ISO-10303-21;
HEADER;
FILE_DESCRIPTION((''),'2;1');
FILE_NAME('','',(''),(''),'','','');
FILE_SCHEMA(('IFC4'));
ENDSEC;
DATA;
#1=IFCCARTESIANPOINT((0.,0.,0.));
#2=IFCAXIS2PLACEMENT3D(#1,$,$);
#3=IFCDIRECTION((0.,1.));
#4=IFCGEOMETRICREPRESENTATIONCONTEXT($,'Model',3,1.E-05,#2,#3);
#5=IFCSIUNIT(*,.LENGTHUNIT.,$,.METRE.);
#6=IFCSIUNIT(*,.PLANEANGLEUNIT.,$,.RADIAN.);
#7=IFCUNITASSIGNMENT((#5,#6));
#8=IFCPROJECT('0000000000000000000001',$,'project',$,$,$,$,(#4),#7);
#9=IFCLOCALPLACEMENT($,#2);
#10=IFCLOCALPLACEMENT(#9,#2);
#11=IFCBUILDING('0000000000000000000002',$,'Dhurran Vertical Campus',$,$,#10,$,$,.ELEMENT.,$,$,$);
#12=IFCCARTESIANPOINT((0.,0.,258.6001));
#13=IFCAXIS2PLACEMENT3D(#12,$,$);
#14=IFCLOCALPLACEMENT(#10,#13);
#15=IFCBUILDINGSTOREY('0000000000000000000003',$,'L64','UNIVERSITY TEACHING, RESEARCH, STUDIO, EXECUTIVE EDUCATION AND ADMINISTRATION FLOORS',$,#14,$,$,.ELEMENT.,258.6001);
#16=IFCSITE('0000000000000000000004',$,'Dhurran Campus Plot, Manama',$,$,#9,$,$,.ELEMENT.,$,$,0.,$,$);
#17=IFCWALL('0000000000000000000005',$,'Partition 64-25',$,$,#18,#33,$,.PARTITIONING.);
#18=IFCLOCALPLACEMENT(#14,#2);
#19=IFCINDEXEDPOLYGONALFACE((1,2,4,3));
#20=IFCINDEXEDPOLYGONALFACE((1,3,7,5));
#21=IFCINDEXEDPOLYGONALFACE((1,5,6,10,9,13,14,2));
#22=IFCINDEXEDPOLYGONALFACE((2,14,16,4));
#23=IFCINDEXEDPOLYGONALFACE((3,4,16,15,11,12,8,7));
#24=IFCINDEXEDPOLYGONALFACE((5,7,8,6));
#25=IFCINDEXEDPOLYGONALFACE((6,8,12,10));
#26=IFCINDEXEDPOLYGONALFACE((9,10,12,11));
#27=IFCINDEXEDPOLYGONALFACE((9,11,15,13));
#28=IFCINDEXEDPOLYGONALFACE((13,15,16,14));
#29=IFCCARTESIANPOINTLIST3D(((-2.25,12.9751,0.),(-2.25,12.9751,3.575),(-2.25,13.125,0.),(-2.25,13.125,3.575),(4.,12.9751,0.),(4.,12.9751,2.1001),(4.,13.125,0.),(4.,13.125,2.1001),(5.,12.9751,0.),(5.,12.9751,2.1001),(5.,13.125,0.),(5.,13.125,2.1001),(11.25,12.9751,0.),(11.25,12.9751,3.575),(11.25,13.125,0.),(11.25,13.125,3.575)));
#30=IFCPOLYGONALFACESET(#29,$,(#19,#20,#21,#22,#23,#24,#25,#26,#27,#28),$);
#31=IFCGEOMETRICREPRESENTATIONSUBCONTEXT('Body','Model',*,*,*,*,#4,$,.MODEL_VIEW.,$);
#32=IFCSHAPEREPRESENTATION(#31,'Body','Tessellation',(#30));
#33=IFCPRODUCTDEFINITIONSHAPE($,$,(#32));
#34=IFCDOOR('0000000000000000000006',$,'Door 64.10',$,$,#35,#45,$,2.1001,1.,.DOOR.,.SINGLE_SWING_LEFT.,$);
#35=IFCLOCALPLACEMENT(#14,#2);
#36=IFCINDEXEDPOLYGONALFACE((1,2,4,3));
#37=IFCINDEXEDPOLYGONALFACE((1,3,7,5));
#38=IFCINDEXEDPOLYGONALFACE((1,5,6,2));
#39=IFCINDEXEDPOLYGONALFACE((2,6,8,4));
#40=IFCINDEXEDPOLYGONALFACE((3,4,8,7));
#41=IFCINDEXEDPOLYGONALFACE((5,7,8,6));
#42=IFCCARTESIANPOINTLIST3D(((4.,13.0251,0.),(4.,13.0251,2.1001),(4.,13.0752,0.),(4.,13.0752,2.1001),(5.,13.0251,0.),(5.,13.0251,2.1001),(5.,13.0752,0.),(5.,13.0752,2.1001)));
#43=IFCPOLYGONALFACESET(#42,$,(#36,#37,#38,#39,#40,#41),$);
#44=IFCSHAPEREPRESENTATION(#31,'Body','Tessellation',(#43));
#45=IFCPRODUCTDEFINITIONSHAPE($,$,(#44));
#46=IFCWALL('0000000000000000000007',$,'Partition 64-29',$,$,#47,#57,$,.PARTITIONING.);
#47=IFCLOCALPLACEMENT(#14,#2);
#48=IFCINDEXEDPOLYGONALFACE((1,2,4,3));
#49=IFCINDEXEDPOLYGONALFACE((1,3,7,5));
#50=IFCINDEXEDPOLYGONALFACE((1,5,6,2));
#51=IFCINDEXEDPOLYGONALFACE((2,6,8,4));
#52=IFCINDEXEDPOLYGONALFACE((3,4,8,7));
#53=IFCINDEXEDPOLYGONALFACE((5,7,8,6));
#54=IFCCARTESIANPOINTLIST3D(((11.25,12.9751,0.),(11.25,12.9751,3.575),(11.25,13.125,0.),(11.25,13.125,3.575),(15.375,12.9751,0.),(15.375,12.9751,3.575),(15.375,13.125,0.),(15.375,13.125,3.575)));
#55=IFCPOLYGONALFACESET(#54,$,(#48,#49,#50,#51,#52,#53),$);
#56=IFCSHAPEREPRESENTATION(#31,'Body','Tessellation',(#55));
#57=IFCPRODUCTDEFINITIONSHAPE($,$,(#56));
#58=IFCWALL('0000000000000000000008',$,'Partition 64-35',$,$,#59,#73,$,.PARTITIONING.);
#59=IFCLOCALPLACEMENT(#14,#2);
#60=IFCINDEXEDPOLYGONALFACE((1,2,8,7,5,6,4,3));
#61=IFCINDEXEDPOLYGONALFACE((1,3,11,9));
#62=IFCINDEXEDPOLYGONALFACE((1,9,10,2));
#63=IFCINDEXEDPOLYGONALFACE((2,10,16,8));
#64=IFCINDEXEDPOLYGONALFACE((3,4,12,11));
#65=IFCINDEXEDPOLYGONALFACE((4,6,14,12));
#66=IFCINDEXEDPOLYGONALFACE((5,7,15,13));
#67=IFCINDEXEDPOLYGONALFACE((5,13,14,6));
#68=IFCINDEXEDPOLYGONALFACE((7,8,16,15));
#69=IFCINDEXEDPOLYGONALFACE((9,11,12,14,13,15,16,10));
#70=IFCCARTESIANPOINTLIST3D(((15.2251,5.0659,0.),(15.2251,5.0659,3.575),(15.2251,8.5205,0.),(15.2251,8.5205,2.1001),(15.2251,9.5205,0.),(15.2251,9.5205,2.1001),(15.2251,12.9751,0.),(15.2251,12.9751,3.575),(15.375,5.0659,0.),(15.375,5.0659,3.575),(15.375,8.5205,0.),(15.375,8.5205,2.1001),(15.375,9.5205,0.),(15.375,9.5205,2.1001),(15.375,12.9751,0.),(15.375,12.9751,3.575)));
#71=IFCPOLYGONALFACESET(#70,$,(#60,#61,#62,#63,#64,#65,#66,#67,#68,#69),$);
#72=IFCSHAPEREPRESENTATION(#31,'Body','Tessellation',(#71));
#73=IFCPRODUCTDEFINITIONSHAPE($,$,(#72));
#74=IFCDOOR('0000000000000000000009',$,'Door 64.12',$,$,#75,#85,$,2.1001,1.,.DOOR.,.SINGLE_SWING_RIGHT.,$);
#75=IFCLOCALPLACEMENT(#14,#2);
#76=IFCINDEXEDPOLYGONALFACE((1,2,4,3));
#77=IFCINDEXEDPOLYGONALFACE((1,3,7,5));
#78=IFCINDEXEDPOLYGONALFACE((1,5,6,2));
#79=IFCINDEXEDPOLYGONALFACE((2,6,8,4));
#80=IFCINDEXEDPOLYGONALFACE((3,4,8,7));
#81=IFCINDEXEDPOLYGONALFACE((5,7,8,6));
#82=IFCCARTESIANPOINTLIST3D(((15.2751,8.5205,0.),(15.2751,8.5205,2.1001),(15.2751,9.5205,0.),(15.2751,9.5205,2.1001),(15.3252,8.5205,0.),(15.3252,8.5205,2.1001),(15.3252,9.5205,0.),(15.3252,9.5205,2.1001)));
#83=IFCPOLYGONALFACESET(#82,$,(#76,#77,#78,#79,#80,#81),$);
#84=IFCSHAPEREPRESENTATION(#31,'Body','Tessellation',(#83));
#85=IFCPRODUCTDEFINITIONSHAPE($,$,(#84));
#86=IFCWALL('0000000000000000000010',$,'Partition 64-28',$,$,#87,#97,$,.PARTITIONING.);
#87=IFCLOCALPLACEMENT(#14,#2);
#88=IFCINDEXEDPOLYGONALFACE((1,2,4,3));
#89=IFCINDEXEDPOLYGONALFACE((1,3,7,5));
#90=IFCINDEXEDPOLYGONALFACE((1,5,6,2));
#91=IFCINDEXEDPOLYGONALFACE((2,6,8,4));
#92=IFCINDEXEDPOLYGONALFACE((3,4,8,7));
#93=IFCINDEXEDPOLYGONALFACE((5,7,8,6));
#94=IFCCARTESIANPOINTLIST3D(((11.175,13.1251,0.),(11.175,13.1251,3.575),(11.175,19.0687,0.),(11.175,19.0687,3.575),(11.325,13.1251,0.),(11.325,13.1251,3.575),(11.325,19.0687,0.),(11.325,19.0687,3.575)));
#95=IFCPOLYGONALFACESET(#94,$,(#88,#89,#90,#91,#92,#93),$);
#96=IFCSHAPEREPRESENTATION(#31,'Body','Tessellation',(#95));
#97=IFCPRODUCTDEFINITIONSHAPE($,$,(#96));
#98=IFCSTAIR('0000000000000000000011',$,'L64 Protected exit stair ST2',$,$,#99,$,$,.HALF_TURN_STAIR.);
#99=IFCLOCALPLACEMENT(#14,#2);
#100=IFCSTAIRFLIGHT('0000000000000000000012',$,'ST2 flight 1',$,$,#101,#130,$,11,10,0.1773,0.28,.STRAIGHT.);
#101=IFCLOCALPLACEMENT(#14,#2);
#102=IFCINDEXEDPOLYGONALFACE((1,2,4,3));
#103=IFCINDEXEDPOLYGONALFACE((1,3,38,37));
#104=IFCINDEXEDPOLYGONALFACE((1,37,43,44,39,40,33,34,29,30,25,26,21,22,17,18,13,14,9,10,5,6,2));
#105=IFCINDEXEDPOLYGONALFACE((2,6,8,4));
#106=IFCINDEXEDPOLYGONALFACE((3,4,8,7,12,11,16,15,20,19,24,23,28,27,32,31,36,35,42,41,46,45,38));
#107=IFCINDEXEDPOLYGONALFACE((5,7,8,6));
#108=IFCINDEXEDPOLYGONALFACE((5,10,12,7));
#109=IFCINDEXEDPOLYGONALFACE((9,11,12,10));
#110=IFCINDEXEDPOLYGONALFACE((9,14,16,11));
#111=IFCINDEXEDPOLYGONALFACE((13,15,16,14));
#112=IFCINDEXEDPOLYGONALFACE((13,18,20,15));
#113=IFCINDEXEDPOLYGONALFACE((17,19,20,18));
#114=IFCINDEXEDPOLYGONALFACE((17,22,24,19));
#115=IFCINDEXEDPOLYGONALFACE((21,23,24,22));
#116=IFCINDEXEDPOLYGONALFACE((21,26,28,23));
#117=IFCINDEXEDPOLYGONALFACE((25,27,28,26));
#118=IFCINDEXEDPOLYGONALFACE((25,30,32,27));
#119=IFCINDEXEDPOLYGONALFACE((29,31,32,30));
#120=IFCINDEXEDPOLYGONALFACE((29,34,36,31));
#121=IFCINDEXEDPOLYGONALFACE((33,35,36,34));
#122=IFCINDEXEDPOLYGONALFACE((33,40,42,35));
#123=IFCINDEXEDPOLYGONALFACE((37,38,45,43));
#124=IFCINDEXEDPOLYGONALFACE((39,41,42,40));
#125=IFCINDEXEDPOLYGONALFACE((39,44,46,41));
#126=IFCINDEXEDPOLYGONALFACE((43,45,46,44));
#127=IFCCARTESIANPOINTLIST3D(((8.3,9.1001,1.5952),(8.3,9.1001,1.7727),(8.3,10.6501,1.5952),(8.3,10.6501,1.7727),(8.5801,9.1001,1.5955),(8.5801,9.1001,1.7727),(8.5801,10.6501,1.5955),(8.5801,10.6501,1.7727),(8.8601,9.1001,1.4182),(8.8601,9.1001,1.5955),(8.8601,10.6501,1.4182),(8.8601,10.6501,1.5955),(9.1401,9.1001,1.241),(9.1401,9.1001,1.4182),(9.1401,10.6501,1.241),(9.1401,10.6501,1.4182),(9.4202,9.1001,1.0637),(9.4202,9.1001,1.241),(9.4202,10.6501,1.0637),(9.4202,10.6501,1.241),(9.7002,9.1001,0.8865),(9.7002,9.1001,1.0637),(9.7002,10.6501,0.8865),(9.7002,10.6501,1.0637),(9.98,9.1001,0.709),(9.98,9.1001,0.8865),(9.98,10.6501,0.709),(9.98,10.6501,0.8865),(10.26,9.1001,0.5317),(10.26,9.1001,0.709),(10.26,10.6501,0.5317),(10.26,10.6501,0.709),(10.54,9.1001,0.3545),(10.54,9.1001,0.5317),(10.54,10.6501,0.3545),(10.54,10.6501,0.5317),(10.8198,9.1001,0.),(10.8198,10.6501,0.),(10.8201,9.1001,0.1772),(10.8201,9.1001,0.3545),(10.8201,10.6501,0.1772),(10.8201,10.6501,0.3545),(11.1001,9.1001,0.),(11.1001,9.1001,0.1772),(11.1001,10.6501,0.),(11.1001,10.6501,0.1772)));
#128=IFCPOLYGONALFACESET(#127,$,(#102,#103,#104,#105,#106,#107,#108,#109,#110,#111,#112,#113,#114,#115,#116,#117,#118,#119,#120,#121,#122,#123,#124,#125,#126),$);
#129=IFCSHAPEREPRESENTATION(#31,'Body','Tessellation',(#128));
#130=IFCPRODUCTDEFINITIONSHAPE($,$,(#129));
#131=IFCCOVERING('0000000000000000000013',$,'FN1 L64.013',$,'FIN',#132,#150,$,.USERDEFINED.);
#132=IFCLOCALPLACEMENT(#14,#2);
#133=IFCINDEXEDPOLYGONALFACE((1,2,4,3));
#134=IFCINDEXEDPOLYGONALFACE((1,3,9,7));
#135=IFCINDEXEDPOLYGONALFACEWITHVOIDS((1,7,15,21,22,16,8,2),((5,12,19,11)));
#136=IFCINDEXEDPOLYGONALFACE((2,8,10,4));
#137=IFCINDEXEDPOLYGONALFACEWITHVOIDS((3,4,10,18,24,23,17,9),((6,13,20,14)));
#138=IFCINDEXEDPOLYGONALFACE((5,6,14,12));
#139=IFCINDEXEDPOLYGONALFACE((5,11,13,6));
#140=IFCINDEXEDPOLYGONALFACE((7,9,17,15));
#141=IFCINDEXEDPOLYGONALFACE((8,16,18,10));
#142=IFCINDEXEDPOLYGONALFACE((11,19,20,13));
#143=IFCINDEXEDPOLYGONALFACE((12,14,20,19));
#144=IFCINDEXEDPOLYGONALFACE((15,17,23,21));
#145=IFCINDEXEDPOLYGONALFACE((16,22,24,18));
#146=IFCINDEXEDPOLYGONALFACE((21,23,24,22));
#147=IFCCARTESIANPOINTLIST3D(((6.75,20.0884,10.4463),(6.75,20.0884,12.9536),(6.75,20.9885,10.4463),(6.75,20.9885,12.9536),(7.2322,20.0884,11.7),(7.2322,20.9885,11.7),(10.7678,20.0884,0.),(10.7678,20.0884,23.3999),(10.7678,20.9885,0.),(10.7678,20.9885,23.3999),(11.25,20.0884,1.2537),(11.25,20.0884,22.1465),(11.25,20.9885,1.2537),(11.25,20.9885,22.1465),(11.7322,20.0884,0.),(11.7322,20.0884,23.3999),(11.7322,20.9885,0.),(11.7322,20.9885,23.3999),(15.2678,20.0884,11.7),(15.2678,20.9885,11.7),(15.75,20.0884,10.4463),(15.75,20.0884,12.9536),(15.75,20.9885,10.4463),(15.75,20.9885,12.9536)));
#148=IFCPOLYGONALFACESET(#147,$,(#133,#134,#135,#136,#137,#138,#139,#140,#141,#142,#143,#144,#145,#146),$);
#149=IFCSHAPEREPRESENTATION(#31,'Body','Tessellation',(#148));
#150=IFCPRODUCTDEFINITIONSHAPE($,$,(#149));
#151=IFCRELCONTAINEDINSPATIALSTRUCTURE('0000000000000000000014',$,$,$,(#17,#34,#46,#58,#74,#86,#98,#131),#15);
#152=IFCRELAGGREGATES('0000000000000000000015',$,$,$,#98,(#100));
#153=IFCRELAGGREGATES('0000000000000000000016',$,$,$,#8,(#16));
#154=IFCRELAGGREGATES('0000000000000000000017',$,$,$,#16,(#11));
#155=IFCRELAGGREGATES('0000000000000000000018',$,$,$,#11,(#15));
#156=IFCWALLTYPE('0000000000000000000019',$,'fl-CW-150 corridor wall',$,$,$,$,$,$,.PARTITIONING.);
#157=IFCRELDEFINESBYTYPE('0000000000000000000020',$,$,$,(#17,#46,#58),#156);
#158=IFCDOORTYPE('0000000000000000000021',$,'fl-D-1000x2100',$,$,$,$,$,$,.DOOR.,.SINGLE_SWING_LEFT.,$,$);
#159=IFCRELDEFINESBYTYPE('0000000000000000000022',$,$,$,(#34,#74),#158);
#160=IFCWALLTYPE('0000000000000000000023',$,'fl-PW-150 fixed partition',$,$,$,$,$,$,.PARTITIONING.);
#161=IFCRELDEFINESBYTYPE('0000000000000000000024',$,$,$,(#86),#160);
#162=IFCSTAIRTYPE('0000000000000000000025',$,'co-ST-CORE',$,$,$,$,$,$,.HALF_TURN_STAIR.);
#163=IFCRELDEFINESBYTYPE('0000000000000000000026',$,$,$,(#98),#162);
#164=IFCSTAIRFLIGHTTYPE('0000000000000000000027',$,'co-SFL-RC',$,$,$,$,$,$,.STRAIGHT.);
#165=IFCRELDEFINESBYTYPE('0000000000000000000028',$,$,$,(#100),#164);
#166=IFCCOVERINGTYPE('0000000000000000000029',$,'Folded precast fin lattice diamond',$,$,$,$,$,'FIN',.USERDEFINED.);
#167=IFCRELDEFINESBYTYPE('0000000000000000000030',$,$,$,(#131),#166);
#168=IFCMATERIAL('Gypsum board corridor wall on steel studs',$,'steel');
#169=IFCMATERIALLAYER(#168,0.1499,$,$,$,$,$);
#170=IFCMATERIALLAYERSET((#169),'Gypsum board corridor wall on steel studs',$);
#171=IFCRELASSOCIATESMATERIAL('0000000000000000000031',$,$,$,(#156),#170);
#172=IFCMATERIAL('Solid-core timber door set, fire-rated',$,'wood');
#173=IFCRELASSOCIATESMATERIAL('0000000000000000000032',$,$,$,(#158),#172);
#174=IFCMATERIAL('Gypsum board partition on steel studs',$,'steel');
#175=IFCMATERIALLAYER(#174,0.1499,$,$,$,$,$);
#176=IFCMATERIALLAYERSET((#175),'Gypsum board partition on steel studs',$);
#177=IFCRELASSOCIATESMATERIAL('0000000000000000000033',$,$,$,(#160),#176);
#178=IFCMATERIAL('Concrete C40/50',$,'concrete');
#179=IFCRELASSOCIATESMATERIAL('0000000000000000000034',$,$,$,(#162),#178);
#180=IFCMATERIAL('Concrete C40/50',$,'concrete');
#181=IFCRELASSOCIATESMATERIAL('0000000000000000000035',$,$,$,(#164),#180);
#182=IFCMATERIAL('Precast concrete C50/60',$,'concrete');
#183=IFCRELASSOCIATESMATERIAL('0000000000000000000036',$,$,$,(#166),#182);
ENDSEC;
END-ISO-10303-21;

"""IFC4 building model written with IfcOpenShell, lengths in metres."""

from ifc_helpers import new_model, si_unit, direction, frame, frame_2d, origin, place, context, subcontext, project, spatial, polyline, rectangle, outline, extrude, material, layer, layer_set, type_object, element, fill, aggregate, save


model = new_model("IFC4")

# Units and contexts
model_context = context("Model", 3, precision=1e-05, world=origin(), true_north=direction((0.0, 1.0)))
body_context = subcontext(model_context, "Body", "Model", "MODEL_VIEW")
ifc_project = project(units=[si_unit("LENGTHUNIT", "METRE"), si_unit("PLANEANGLEUNIT", "RADIAN")], contexts=[model_context])

# Site, building, storey
site_placement = place(None, origin())
site = spatial("IfcSite", under=ifc_project, at=site_placement, Name="Dhurran Campus Plot, Manama", CompositionType="ELEMENT", RefElevation=0.0)
building_placement = place(site_placement, origin())
building = spatial("IfcBuilding", under=site, at=building_placement, Name="Dhurran Vertical Campus", CompositionType="ELEMENT")
storey_placement = place(building_placement, frame((0.0, 0.0, 258.6001)))
storey = spatial("IfcBuildingStorey", under=building, at=storey_placement, Name="L64", Description="UNIVERSITY TEACHING, RESEARCH, STUDIO, EXECUTIVE EDUCATION AND ADMINISTRATION FLOORS", CompositionType="ELEMENT", Elevation=258.6001)

# Wall, opening, door
ifc_material_1 = material(Name="Gypsum board corridor wall on steel studs", Category="steel")
ifc_layer_1 = layer(ifc_material_1, 0.1499)
ifc_layer_set_1 = layer_set([ifc_layer_1], Name="Gypsum board corridor wall on steel studs")
wall_type_1 = type_object("IfcWallType", Name="fl-CW-150 corridor wall", PredefinedType="PARTITIONING", material=ifc_layer_set_1)
wall_1_placement = place(storey_placement, frame((11.25, 13.05, 0.0), z_axis=(0.0, 0.0, 1.0), x_axis=(-1.0, 0.0, 0.0)))
wall_1 = element("IfcWall", 1, at=wall_1_placement, inside=storey, type_object=wall_type_1, Name="Partition 64-25", PredefinedType="PARTITIONING", context=body_context, shape_type="SweptSolid", body=[
    extrude(rectangle(XDim=13.5, YDim=0.1499, at=frame_2d((6.75, 0.0))), origin(), (0.0, 0.0, 1.0), 3.575),
])
opening_1_placement = place(wall_1_placement, frame((6.25, 0.0, 0.0)))
opening_1 = element("IfcOpeningElement", 2, at=opening_1_placement, cuts=wall_1, PredefinedType="OPENING", context=body_context, shape_type="SweptSolid", body=[
    extrude(rectangle(XDim=1.0, YDim=2.1001, at=frame_2d((0.5, 1.05))), frame((0.0, 0.085, 0.0), z_axis=(0.0, -1.0, 0.0), x_axis=(1.0, 0.0, 0.0)), (0.0, 0.0, 1.0), 0.1699),
])
ifc_material_2 = material(Name="Solid-core timber door set, fire-rated", Category="wood")
door_type_1 = type_object("IfcDoorType", Name="fl-D-1000x2100", OperationType="SINGLE_SWING_LEFT", PredefinedType="DOOR", material=ifc_material_2)
door_1_placement = place(opening_1_placement, origin())
door_1 = element("IfcDoor", 3, at=door_1_placement, inside=storey, type_object=door_type_1, Name="Door 64.10", OperationType="SINGLE_SWING_LEFT", OverallHeight=2.1001, OverallWidth=1.0, PredefinedType="DOOR", context=body_context, shape_type="SweptSolid", body=[
    extrude(rectangle(XDim=1.0, YDim=2.1001, at=frame_2d((0.5, 1.05))), frame((0.0, 0.0249, 0.0), z_axis=(0.0, -1.0, 0.0), x_axis=(1.0, 0.0, 0.0)), (0.0, 0.0, 1.0), 0.05),
])
fill(opening_1, door_1)

# Wall
wall_2_placement = place(storey_placement, frame((15.375, 13.05, 0.0), z_axis=(0.0, 0.0, 1.0), x_axis=(-1.0, 0.0, 0.0)))
element("IfcWall", 4, at=wall_2_placement, inside=storey, type_object=wall_type_1, Name="Partition 64-29", PredefinedType="PARTITIONING", context=body_context, shape_type="SweptSolid", body=[
    extrude(rectangle(XDim=4.125, YDim=0.1499, at=frame_2d((2.0625, 0.0))), origin(), (0.0, 0.0, 1.0), 3.575),
])

# Wall, opening, door
wall_3_placement = place(storey_placement, frame((15.3, 5.0659, 0.0), z_axis=(0.0, 0.0, 1.0), x_axis=(0.0, 1.0, 0.0)))
wall_3 = element("IfcWall", 5, at=wall_3_placement, inside=storey, type_object=wall_type_1, Name="Partition 64-35", PredefinedType="PARTITIONING", context=body_context, shape_type="SweptSolid", body=[
    extrude(rectangle(XDim=7.9092, YDim=0.1499, at=frame_2d((3.9546, 0.0))), origin(), (0.0, 0.0, 1.0), 3.575),
])
opening_2_placement = place(wall_3_placement, frame((3.4546, 0.0, 0.0)))
opening_2 = element("IfcOpeningElement", 6, at=opening_2_placement, cuts=wall_3, PredefinedType="OPENING", context=body_context, shape_type="SweptSolid", body=[
    extrude(rectangle(XDim=1.0, YDim=2.1001, at=frame_2d((0.5, 1.05))), frame((0.0, 0.085, 0.0), z_axis=(0.0, -1.0, 0.0), x_axis=(1.0, 0.0, 0.0)), (0.0, 0.0, 1.0), 0.1699),
])
door_2_placement = place(opening_2_placement, origin())
door_2 = element("IfcDoor", 7, at=door_2_placement, inside=storey, type_object=door_type_1, Name="Door 64.12", OperationType="SINGLE_SWING_RIGHT", OverallHeight=2.1001, OverallWidth=1.0, PredefinedType="DOOR", context=body_context, shape_type="SweptSolid", body=[
    extrude(rectangle(XDim=1.0, YDim=2.1001, at=frame_2d((0.5, 1.05))), frame((0.0, 0.0249, 0.0), z_axis=(0.0, -1.0, 0.0), x_axis=(1.0, 0.0, 0.0)), (0.0, 0.0, 1.0), 0.05),
])
fill(opening_2, door_2)

# Wall
ifc_material_3 = material(Name="Gypsum board partition on steel studs", Category="steel")
ifc_layer_2 = layer(ifc_material_3, 0.1499)
ifc_layer_set_2 = layer_set([ifc_layer_2], Name="Gypsum board partition on steel studs")
wall_type_2 = type_object("IfcWallType", Name="fl-PW-150 fixed partition", PredefinedType="PARTITIONING", material=ifc_layer_set_2)
wall_4_placement = place(storey_placement, frame((11.25, 19.0686, 0.0), z_axis=(0.0, 0.0, 1.0), x_axis=(0.0, -1.0, 0.0)))
element("IfcWall", 8, at=wall_4_placement, inside=storey, type_object=wall_type_2, Name="Partition 64-28", PredefinedType="PARTITIONING", context=body_context, shape_type="SweptSolid", body=[
    extrude(rectangle(XDim=5.9436, YDim=0.1499, at=frame_2d((2.9717, 0.0))), origin(), (0.0, 0.0, 1.0), 3.575),
])

# Stair, stair flight
ifc_material_4 = material(Name="Concrete C40/50", Category="concrete")
stair_type = type_object("IfcStairType", Name="co-ST-CORE", PredefinedType="HALF_TURN_STAIR", material=ifc_material_4)
stair_placement = place(storey_placement, origin())
stair = element("IfcStair", 9, at=stair_placement, inside=storey, type_object=stair_type, Name="L64 Protected exit stair ST2", PredefinedType="HALF_TURN_STAIR")
ifc_material_5 = material(Name="Concrete C40/50", Category="concrete")
stair_flight_type = type_object("IfcStairFlightType", Name="co-SFL-RC", PredefinedType="STRAIGHT", material=ifc_material_5)
stair_flight_placement = place(storey_placement, frame((11.1001, 9.875, 0.0), z_axis=(0.0, 0.0, 1.0), x_axis=(-1.0, 0.0, 0.0)))
stair_flight = element("IfcStairFlight", 10, at=stair_flight_placement, type_object=stair_flight_type, Name="ST2 flight 1", NumberOfRisers=11, NumberOfTreads=10, PredefinedType="STRAIGHT", RiserHeight=0.1773, TreadLength=0.28, context=body_context, shape_type="SweptSolid", body=[
    extrude(outline(polyline([(0.0, 0.0), (0.0, 0.1772), (0.28, 0.1772), (0.28, 0.3545), (0.5601, 0.3545), (0.5601, 0.5317), (0.8401, 0.5317), (0.8401, 0.709), (1.1201, 0.709), (1.1201, 0.8865), (1.3999, 0.8865), (1.3999, 1.0637), (1.6799, 1.0637), (1.6799, 1.241), (1.96, 1.241), (1.96, 1.4182), (2.24, 1.4182), (2.24, 1.5955), (2.52, 1.5955), (2.52, 1.7727), (2.8, 1.7727), (2.8, 1.95), (2.8, 1.5952), (0.2803, 0.0), (0.0, 0.0)])), frame((0.0, 0.7749, 0.0), z_axis=(0.0, -1.0, 0.0), x_axis=(1.0, 0.0, 0.0)), (0.0, 0.0, 1.0), 1.55),
])
aggregate(stair, [stair_flight])

# Covering
ifc_material_6 = material(Name="Precast concrete C50/60", Category="concrete")
covering_type = type_object("IfcCoveringType", Name="Folded precast fin lattice diamond", ElementType="FIN", PredefinedType="USERDEFINED", material=ifc_material_6)
covering_placement = place(storey_placement, frame((15.75, 20.0884, 0.0), z_axis=(0.0, 1.0, 0.0), x_axis=(-1.0, 0.0, 0.0)))
element("IfcCovering", 11, at=covering_placement, inside=storey, type_object=covering_type, Name="FN1 L64.013", ObjectType="FIN", PredefinedType="USERDEFINED", context=body_context, shape_type="SweptSolid", body=[
    extrude(outline(polyline([(9.0, 12.9536), (9.0, 10.4463), (4.9822, 0.0), (4.0178, 0.0), (0.0, 10.4463), (0.0, 12.9536), (4.0178, 23.3999), (4.9822, 23.3999), (9.0, 12.9536)]), holes=[polyline([(8.5178, 11.7), (4.5, 22.1465), (0.4822, 11.7), (4.5, 1.2537), (8.5178, 11.7)])]), origin(), (0.0, 0.0, 1.0), 0.9001),
])

save(model, "model.ifc")
